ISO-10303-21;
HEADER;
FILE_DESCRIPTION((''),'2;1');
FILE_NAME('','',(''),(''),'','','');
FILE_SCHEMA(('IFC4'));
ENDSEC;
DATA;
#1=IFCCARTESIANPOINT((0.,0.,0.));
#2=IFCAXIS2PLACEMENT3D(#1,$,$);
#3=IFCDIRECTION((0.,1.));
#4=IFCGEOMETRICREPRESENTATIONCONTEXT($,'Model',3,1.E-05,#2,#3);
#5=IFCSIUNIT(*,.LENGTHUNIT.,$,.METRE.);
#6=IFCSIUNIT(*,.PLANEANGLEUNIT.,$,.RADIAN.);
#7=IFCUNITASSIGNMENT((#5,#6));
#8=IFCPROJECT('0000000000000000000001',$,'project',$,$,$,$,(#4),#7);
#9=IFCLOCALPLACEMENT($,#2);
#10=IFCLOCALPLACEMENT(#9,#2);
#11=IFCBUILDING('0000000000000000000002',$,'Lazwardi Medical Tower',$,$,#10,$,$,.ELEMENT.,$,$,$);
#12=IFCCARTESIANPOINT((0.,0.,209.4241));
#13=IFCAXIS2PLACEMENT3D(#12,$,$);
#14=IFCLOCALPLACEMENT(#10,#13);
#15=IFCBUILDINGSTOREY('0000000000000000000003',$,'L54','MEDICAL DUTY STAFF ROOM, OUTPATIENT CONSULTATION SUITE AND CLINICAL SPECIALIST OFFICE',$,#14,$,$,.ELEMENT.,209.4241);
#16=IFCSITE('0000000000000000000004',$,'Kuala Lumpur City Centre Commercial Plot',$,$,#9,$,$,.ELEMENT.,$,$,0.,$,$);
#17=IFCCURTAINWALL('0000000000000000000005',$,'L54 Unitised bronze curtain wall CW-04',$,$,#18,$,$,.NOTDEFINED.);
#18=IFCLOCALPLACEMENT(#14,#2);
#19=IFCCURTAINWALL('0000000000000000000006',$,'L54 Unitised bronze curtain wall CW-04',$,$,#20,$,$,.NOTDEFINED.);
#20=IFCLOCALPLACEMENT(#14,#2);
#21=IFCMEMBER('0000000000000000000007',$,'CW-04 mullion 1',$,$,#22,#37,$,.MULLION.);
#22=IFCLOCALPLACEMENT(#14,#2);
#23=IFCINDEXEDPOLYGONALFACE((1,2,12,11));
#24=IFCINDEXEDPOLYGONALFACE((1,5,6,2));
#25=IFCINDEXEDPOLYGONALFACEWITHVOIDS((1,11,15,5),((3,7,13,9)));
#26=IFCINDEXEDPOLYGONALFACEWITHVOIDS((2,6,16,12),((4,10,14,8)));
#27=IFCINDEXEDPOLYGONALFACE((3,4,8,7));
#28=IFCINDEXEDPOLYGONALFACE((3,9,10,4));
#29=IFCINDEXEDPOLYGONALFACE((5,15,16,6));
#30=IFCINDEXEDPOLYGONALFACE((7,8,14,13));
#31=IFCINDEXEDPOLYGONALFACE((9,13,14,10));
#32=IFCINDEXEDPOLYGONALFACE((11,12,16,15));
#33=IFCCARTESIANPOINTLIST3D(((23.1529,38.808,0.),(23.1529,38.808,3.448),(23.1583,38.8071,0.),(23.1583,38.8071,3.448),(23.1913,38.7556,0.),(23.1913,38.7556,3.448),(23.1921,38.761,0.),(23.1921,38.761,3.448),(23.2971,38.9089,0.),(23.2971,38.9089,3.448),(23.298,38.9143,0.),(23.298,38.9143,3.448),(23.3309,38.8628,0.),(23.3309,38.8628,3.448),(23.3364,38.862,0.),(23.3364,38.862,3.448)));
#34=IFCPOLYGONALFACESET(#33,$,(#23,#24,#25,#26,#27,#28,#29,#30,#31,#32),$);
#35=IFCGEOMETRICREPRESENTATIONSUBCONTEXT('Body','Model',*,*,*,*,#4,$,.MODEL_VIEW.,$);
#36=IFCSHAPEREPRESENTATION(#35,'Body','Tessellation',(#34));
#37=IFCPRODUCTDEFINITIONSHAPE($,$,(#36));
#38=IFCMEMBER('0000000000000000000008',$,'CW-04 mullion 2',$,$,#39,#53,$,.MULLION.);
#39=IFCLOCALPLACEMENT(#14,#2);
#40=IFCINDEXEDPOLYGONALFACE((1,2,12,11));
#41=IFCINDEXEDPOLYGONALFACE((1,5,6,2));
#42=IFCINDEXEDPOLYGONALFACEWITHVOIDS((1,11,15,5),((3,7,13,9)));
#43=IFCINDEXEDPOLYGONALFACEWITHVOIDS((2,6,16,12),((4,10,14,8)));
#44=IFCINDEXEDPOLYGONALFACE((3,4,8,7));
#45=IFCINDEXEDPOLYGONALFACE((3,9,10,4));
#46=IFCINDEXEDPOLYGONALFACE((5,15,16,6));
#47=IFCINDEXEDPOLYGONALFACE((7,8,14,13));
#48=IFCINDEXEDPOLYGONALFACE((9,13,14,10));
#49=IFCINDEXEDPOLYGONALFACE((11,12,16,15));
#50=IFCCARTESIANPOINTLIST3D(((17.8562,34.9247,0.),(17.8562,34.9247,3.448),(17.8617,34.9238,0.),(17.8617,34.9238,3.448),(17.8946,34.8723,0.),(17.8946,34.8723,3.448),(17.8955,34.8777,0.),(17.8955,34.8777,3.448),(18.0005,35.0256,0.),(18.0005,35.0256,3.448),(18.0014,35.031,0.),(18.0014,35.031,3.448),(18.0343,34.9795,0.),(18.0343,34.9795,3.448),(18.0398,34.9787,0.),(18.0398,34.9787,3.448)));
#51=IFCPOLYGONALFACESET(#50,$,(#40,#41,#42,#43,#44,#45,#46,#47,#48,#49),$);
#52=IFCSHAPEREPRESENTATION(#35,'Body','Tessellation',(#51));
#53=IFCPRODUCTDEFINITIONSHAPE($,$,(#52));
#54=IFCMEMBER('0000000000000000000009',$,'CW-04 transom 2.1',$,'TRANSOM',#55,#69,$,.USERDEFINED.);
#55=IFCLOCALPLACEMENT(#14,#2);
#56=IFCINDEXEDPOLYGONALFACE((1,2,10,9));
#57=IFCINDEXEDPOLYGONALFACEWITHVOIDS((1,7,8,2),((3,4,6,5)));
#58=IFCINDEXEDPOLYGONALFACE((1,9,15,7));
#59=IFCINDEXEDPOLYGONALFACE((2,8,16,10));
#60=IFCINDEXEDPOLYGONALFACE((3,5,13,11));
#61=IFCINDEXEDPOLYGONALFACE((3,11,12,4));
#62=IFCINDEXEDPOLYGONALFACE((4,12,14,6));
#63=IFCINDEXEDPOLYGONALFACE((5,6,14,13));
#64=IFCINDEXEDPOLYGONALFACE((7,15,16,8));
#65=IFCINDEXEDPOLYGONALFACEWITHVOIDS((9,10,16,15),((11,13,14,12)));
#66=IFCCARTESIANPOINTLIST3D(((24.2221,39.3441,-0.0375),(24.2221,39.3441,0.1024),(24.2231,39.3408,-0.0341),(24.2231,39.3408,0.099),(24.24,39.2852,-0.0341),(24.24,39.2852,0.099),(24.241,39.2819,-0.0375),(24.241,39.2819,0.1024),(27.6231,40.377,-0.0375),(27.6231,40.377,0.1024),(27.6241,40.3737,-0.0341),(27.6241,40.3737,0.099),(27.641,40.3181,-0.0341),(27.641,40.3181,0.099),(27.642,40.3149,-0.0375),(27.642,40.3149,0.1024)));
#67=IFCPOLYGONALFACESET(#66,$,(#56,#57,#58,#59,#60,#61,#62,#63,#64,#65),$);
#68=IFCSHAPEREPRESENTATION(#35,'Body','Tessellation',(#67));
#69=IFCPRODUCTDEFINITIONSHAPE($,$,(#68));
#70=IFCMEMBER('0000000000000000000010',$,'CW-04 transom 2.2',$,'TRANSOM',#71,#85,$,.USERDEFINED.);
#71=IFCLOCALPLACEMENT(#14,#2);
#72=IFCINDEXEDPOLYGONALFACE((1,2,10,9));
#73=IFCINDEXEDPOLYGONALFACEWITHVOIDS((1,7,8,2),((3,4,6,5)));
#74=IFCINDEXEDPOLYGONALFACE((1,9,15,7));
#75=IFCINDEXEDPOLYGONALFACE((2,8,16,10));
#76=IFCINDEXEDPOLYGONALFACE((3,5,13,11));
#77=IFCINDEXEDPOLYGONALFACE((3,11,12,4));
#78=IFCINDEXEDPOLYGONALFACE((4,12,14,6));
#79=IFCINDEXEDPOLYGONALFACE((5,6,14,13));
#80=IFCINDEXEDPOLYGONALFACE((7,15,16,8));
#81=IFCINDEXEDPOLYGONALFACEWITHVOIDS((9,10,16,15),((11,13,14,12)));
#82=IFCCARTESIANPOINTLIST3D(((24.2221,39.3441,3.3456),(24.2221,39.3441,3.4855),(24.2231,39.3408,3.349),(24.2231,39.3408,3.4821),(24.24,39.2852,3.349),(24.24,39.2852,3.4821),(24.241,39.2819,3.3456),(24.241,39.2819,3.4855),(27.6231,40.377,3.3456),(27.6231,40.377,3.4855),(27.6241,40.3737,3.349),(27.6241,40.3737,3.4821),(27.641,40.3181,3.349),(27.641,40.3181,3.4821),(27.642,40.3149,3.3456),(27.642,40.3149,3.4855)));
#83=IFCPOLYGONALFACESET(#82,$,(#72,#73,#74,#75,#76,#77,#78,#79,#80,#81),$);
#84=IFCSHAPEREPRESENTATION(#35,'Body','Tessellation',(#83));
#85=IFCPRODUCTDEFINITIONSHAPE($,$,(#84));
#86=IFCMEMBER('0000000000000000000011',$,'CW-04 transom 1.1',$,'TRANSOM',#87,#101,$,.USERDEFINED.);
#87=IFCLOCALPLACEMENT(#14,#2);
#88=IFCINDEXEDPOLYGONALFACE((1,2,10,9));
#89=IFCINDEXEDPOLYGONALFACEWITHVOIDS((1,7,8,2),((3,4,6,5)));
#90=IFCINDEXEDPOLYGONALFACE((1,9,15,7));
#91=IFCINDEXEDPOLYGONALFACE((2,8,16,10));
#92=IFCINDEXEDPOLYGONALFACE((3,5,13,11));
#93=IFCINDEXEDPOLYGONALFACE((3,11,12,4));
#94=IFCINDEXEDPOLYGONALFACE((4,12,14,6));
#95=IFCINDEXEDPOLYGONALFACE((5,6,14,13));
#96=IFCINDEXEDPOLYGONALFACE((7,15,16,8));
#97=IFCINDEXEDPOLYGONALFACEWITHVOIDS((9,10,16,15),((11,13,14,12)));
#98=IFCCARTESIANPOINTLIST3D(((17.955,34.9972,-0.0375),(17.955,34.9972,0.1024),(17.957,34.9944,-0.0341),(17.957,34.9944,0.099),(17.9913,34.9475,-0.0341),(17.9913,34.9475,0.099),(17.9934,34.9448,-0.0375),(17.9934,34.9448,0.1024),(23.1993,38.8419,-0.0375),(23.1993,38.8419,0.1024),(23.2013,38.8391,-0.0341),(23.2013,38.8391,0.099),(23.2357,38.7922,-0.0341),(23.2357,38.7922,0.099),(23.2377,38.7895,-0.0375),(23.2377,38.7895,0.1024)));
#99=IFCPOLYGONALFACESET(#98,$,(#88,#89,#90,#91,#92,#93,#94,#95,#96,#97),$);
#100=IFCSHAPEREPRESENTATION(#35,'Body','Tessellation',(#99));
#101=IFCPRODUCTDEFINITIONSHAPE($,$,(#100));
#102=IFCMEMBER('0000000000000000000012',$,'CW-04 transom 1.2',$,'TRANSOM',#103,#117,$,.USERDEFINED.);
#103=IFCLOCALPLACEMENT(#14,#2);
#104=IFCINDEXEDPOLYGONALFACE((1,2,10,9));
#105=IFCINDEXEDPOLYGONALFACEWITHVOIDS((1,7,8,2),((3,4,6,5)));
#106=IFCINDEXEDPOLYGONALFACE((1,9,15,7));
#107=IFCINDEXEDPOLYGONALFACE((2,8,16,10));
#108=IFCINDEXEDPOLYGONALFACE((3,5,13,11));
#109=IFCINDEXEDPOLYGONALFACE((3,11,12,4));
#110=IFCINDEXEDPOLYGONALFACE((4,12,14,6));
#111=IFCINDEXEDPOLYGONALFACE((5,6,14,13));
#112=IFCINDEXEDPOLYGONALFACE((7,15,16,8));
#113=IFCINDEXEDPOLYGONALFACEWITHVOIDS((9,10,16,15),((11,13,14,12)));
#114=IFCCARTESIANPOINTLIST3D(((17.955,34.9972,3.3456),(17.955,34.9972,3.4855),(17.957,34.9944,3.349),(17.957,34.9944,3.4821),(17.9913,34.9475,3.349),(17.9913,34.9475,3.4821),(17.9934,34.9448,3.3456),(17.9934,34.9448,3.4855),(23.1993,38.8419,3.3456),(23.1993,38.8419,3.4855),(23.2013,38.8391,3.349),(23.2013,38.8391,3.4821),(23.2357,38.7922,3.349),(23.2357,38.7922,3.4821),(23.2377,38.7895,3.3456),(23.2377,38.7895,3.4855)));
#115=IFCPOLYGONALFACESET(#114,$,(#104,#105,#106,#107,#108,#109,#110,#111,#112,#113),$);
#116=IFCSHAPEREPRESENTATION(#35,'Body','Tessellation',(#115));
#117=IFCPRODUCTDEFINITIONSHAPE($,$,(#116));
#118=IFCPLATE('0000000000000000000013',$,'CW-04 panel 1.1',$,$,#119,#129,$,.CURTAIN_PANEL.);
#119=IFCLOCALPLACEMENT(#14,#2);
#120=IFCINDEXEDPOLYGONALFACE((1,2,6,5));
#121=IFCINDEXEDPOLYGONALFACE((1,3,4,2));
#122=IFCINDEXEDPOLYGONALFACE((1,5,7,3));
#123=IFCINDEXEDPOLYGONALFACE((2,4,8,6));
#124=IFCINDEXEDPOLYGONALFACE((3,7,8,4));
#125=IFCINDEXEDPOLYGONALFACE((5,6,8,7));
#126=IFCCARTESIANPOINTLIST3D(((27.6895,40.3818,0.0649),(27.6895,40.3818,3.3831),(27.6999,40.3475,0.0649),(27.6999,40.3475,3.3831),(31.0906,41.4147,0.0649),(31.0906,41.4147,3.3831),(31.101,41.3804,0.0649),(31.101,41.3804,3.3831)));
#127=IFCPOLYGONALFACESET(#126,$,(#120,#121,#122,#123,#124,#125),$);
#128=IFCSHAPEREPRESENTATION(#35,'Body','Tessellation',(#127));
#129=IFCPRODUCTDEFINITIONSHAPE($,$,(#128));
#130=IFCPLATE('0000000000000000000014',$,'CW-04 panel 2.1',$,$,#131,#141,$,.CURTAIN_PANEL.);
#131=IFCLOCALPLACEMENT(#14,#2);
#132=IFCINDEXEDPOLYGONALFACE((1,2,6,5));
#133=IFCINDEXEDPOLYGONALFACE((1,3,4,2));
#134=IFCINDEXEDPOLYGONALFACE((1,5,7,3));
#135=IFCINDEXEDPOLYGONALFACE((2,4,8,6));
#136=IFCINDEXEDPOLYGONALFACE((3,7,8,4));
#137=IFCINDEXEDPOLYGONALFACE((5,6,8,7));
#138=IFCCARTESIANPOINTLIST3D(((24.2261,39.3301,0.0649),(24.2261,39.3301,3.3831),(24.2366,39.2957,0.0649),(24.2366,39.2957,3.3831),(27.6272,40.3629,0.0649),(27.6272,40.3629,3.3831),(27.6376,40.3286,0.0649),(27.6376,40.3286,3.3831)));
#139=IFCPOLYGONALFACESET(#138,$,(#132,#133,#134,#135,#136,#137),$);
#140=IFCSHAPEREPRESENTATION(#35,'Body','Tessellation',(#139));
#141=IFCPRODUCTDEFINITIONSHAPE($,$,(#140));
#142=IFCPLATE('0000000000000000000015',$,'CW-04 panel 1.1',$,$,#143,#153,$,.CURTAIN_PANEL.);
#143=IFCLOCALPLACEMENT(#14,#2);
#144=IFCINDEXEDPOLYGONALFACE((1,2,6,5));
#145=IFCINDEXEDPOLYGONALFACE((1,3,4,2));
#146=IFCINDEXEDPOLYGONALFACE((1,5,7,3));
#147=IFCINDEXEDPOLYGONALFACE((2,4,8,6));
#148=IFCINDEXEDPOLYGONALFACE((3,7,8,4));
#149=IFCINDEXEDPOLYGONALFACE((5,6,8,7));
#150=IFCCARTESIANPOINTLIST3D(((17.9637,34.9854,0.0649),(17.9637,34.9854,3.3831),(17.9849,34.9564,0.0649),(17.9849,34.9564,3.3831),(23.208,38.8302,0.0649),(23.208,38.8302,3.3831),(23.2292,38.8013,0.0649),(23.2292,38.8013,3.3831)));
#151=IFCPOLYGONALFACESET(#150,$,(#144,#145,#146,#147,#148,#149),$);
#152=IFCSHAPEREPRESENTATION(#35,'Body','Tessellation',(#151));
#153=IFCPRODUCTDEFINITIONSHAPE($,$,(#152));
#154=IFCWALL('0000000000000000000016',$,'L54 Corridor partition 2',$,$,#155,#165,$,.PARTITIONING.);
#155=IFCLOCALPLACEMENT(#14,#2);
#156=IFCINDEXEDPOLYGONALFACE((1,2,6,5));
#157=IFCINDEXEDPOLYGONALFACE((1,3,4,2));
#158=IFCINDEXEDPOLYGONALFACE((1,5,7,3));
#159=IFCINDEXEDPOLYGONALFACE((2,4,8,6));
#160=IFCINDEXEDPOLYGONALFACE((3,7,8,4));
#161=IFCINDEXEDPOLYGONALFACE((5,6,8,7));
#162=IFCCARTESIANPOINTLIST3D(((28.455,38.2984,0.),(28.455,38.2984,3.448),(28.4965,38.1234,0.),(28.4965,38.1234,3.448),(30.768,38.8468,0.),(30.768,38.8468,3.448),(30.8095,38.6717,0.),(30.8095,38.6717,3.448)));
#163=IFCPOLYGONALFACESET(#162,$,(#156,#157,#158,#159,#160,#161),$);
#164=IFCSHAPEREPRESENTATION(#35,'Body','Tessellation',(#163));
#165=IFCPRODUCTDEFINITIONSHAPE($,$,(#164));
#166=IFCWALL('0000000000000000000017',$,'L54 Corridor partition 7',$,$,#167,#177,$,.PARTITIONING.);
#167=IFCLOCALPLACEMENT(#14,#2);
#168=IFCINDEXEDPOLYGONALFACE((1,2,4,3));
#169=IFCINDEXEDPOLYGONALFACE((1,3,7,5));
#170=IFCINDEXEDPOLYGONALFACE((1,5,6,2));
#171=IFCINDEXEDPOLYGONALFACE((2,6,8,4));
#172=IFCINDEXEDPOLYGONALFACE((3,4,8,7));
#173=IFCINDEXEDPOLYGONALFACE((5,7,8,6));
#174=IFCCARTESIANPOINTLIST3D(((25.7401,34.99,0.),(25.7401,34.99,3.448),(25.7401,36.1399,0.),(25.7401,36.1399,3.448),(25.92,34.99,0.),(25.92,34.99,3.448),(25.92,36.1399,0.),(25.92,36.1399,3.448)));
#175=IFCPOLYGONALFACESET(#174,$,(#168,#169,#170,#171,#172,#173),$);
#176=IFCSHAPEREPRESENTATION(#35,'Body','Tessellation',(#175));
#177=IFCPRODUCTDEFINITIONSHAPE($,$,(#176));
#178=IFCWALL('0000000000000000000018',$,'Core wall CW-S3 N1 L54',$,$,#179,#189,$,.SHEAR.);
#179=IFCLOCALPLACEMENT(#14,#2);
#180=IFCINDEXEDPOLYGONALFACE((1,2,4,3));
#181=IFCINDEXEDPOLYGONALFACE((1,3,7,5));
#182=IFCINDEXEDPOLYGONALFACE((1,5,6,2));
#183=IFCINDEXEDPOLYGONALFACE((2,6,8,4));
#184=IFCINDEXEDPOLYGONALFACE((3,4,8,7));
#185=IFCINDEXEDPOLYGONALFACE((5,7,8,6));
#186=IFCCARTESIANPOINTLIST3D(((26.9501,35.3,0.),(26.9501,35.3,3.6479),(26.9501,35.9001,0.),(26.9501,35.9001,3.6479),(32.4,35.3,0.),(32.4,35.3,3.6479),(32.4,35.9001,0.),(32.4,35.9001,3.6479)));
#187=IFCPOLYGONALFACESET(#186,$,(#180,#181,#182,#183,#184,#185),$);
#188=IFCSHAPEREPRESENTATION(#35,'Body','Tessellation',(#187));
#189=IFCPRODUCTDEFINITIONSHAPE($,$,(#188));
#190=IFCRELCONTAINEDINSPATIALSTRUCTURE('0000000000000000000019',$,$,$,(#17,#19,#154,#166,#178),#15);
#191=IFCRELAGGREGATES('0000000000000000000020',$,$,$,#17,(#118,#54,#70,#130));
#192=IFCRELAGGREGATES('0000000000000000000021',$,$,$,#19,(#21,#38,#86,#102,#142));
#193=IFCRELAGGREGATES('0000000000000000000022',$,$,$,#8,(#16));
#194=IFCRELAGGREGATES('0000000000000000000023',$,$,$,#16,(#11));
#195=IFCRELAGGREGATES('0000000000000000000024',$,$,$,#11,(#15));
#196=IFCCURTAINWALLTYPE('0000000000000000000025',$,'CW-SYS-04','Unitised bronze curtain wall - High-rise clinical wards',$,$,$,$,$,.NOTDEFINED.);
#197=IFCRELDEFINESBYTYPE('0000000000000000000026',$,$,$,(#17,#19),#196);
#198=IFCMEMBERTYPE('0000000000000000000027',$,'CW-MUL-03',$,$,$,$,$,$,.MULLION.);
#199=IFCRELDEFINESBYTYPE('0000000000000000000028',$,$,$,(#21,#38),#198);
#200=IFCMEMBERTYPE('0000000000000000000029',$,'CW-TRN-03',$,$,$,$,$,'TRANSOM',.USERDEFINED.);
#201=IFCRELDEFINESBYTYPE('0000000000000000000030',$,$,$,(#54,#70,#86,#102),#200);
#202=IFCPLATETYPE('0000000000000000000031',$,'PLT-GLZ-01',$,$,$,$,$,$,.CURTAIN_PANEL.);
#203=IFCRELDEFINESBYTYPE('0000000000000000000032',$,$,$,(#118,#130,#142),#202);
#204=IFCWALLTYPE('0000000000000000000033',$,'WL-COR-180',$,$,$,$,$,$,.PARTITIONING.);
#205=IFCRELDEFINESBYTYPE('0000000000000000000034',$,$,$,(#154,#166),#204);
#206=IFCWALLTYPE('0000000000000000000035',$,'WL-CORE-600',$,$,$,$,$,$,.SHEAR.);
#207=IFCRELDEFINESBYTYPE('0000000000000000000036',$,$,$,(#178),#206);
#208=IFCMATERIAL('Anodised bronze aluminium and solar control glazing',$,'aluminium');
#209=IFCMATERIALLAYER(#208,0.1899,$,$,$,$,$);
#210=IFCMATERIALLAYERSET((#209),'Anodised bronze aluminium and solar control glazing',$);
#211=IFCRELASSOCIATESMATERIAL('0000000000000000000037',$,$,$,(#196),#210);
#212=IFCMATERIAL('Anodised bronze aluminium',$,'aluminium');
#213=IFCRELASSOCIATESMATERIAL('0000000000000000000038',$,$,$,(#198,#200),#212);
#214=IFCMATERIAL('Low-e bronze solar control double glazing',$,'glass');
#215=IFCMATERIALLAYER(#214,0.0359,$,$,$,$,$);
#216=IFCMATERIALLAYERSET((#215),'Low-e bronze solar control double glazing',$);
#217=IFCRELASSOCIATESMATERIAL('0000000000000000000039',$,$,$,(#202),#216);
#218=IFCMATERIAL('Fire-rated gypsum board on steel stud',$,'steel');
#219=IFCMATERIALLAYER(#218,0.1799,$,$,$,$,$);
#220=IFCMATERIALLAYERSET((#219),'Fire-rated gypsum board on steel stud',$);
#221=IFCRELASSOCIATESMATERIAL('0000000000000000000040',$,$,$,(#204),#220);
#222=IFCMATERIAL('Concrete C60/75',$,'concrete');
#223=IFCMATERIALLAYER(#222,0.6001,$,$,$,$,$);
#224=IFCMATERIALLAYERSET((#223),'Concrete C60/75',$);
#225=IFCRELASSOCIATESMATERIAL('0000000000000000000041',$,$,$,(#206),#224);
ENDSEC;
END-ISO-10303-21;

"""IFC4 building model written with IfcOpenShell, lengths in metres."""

from ifc_helpers import new_model, si_unit, direction, frame, frame_2d, origin, origin_2d, place, context, subcontext, project, spatial, rectangle, hollow_rectangle, extrude, material, layer, layer_set, material_profile, profile_set, type_object, element, aggregate, save


model = new_model("IFC4")

# Units and contexts
model_context = context("Model", 3, precision=1e-05, world=origin(), true_north=direction((0.0, 1.0)))
body_context = subcontext(model_context, "Body", "Model", "MODEL_VIEW")
ifc_project = project(units=[si_unit("LENGTHUNIT", "METRE"), si_unit("PLANEANGLEUNIT", "RADIAN")], contexts=[model_context])

# Site, building, storey
site_placement = place(None, origin())
site = spatial("IfcSite", under=ifc_project, at=site_placement, Name="Kuala Lumpur City Centre Commercial Plot", CompositionType="ELEMENT", RefElevation=0.0)
building_placement = place(site_placement, origin())
building = spatial("IfcBuilding", under=site, at=building_placement, Name="Lazwardi Medical Tower", CompositionType="ELEMENT")
storey_placement = place(building_placement, frame((0.0, 0.0, 209.4241)))
storey = spatial("IfcBuildingStorey", under=building, at=storey_placement, Name="L54", Description="MEDICAL DUTY STAFF ROOM, OUTPATIENT CONSULTATION SUITE AND CLINICAL SPECIALIST OFFICE", CompositionType="ELEMENT", Elevation=209.4241)

# Shared definitions
ifc_material_1 = material(Name="Concrete C60/75", Category="concrete")

# Curtain walls, members
ifc_material_2 = material(Name="Anodised bronze aluminium and solar control glazing", Category="aluminium")
ifc_layer_1 = layer(ifc_material_2, 0.1899)
ifc_layer_set_1 = layer_set([ifc_layer_1], Name="Anodised bronze aluminium and solar control glazing")
curtain_wall_type = type_object("IfcCurtainWallType", Name="CW-SYS-04", Description="Unitised bronze curtain wall - High-rise clinical wards", PredefinedType="NOTDEFINED", material=ifc_layer_set_1)
curtain_wall_1_placement = place(storey_placement, origin())
curtain_wall_1 = element("IfcCurtainWall", 1, at=curtain_wall_1_placement, inside=storey, type_object=curtain_wall_type, Name="L54 Unitised bronze curtain wall CW-04", PredefinedType="NOTDEFINED")
ifc_material_3 = material(Name="Anodised bronze aluminium", Category="aluminium")
ifc_material_profile_1 = material_profile(ifc_material_3, hollow_rectangle(XDim=0.0649, YDim=0.1799, WallThickness=0.0039, at=origin_2d()), Name="ALU-MULLION 180x65x4")
ifc_profile_set_1 = profile_set([ifc_material_profile_1], Name="Anodised bronze aluminium")
member_type_1 = type_object("IfcMemberType", Name="CW-MUL-03", PredefinedType="MULLION", material=ifc_profile_set_1)
curtain_wall_2_placement = place(storey_placement, origin())
curtain_wall_2 = element("IfcCurtainWall", 2, at=curtain_wall_2_placement, inside=storey, type_object=curtain_wall_type, Name="L54 Unitised bronze curtain wall CW-04", PredefinedType="NOTDEFINED")
member_1_placement = place(storey_placement, frame((23.2446, 38.835, 0.0), z_axis=(0.0, 0.0, 1.0), x_axis=(0.591268, -0.806475, 0.0)))
member_1 = element("IfcMember", 3, at=member_1_placement, type_object=member_type_1, Name="CW-04 mullion 1", PredefinedType="MULLION", context=body_context, shape_type="SweptSolid", body=[
    extrude(hollow_rectangle(XDim=0.0649, YDim=0.1799, WallThickness=0.0039, at=origin_2d()), origin(), (0.0, 0.0, 1.0), 3.448),
])
member_2_placement = place(storey_placement, frame((17.948, 34.9517, 0.0), z_axis=(0.0, 0.0, 1.0), x_axis=(0.591268, -0.806475, 0.0)))
member_2 = element("IfcMember", 4, at=member_2_placement, type_object=member_type_1, Name="CW-04 mullion 2", PredefinedType="MULLION", context=body_context, shape_type="SweptSolid", body=[
    extrude(hollow_rectangle(XDim=0.0649, YDim=0.1799, WallThickness=0.0039, at=origin_2d()), origin(), (0.0, 0.0, 1.0), 3.448),
])

# Members
ifc_material_profile_2 = material_profile(ifc_material_3, hollow_rectangle(XDim=0.0649, YDim=0.1399, WallThickness=0.0034, at=origin_2d()), Name="ALU-TRANSOM 140x65x3.5")
ifc_profile_set_2 = profile_set([ifc_material_profile_2], Name="Anodised bronze aluminium")
member_type_2 = type_object("IfcMemberType", Name="CW-TRN-03", ElementType="TRANSOM", PredefinedType="USERDEFINED", material=ifc_profile_set_2)
member_3_placement = place(storey_placement, frame((27.6326, 40.3459, 0.0325), z_axis=(-0.956843, -0.290604, 0.0), x_axis=(0.290604, -0.956843, 0.0)))
member_3 = element("IfcMember", 5, at=member_3_placement, type_object=member_type_2, Name="CW-04 transom 2.1", ObjectType="TRANSOM", PredefinedType="USERDEFINED", context=body_context, shape_type="SweptSolid", body=[
    extrude(hollow_rectangle(XDim=0.0649, YDim=0.1399, WallThickness=0.0034, at=origin_2d()), origin(), (0.0, 0.0, 1.0), 3.5544),
])
member_4_placement = place(storey_placement, frame((27.6326, 40.3459, 3.4155), z_axis=(-0.956843, -0.290604, 0.0), x_axis=(0.290604, -0.956843, 0.0)))
member_4 = element("IfcMember", 6, at=member_4_placement, type_object=member_type_2, Name="CW-04 transom 2.2", ObjectType="TRANSOM", PredefinedType="USERDEFINED", context=body_context, shape_type="SweptSolid", body=[
    extrude(hollow_rectangle(XDim=0.0649, YDim=0.1399, WallThickness=0.0034, at=origin_2d()), origin(), (0.0, 0.0, 1.0), 3.5544),
])
member_5_placement = place(storey_placement, frame((23.2185, 38.8157, 0.0325), z_axis=(-0.80649, -0.591248, 0.0), x_axis=(0.591248, -0.80649, 0.0)))
member_5 = element("IfcMember", 7, at=member_5_placement, type_object=member_type_2, Name="CW-04 transom 1.1", ObjectType="TRANSOM", PredefinedType="USERDEFINED", context=body_context, shape_type="SweptSolid", body=[
    extrude(hollow_rectangle(XDim=0.0649, YDim=0.1399, WallThickness=0.0034, at=origin_2d()), origin(), (0.0, 0.0, 1.0), 6.5027),
])
member_6_placement = place(storey_placement, frame((23.2185, 38.8157, 3.4155), z_axis=(-0.80649, -0.591248, 0.0), x_axis=(0.591248, -0.80649, 0.0)))
member_6 = element("IfcMember", 8, at=member_6_placement, type_object=member_type_2, Name="CW-04 transom 1.2", ObjectType="TRANSOM", PredefinedType="USERDEFINED", context=body_context, shape_type="SweptSolid", body=[
    extrude(hollow_rectangle(XDim=0.0649, YDim=0.1399, WallThickness=0.0034, at=origin_2d()), origin(), (0.0, 0.0, 1.0), 6.5027),
])

# Plates
ifc_material_4 = material(Name="Low-e bronze solar control double glazing", Category="glass")
ifc_layer_2 = layer(ifc_material_4, 0.0359)
ifc_layer_set_2 = layer_set([ifc_layer_2], Name="Low-e bronze solar control double glazing")
plate_type = type_object("IfcPlateType", Name="PLT-GLZ-01", PredefinedType="CURTAIN_PANEL", material=ifc_layer_set_2)
plate_1_placement = place(storey_placement, frame((29.3953, 40.8811, 0.0649), z_axis=(0.0, 0.0, 1.0), x_axis=(-0.95685, -0.290582, 0.0)))
plate_1 = element("IfcPlate", 9, at=plate_1_placement, type_object=plate_type, Name="CW-04 panel 1.1", PredefinedType="CURTAIN_PANEL", context=body_context, shape_type="SweptSolid", body=[
    extrude(rectangle(XDim=3.5544, YDim=0.0359, at=origin_2d()), origin(), (0.0, 0.0, 1.0), 3.3181),
])
plate_2_placement = place(storey_placement, frame((25.9319, 39.8293, 0.0649), z_axis=(0.0, 0.0, 1.0), x_axis=(-0.95685, -0.290582, 0.0)))
plate_2 = element("IfcPlate", 10, at=plate_2_placement, type_object=plate_type, Name="CW-04 panel 2.1", PredefinedType="CURTAIN_PANEL", context=body_context, shape_type="SweptSolid", body=[
    extrude(rectangle(XDim=3.5544, YDim=0.0359, at=origin_2d()), origin(), (0.0, 0.0, 1.0), 3.3181),
])
aggregate(curtain_wall_1, [plate_1, member_3, member_4, plate_2])
plate_3_placement = place(storey_placement, frame((20.5964, 36.8933, 0.0649), z_axis=(0.0, 0.0, 1.0), x_axis=(-0.806475, -0.591268, 0.0)))
plate_3 = element("IfcPlate", 11, at=plate_3_placement, type_object=plate_type, Name="CW-04 panel 1.1", PredefinedType="CURTAIN_PANEL", context=body_context, shape_type="SweptSolid", body=[
    extrude(rectangle(XDim=6.5027, YDim=0.0359, at=origin_2d()), origin(), (0.0, 0.0, 1.0), 3.3181),
])
aggregate(curtain_wall_2, [member_1, member_2, member_5, member_6, plate_3])

# Shared definitions
ifc_material_5 = material(Name="Fire-rated gypsum board on steel stud", Category="steel")
ifc_layer_3 = layer(ifc_material_5, 0.1799)
ifc_layer_set_3 = layer_set([ifc_layer_3], Name="Fire-rated gypsum board on steel stud")
wall_type_1 = type_object("IfcWallType", Name="WL-COR-180", PredefinedType="PARTITIONING", material=ifc_layer_set_3)

# Walls
wall_1_placement = place(storey_placement, frame((28.4758, 38.2109, 0.0), z_axis=(0.0, 0.0, 1.0), x_axis=(0.973031, 0.230676, 0.0)))
element("IfcWall", 12, at=wall_1_placement, inside=storey, type_object=wall_type_1, Name="L54 Corridor partition 2", PredefinedType="PARTITIONING", context=body_context, shape_type="SweptSolid", body=[
    extrude(rectangle(XDim=2.3772, YDim=0.1799, at=frame_2d((1.1885, 0.0))), origin(), (0.0, 0.0, 1.0), 3.448),
])
wall_2_placement = place(storey_placement, frame((25.8301, 36.1399, 0.0), z_axis=(0.0, 0.0, 1.0), x_axis=(0.0, -1.0, 0.0)))
element("IfcWall", 13, at=wall_2_placement, inside=storey, type_object=wall_type_1, Name="L54 Corridor partition 7", PredefinedType="PARTITIONING", context=body_context, shape_type="SweptSolid", body=[
    extrude(rectangle(XDim=1.1499, YDim=0.1799, at=frame_2d((0.575, 0.0))), origin(), (0.0, 0.0, 1.0), 3.448),
])
ifc_layer_4 = layer(ifc_material_1, 0.6001)
ifc_layer_set_4 = layer_set([ifc_layer_4], Name="Concrete C60/75")
wall_type_2 = type_object("IfcWallType", Name="WL-CORE-600", PredefinedType="SHEAR", material=ifc_layer_set_4)
wall_3_placement = place(storey_placement, frame((26.95, 35.6001, 0.0), z_axis=(0.0, 0.0, 1.0), x_axis=(1.0, 0.0, 0.0)))
element("IfcWall", 14, at=wall_3_placement, inside=storey, type_object=wall_type_2, Name="Core wall CW-S3 N1 L54", PredefinedType="SHEAR", context=body_context, shape_type="SweptSolid", body=[
    extrude(rectangle(XDim=5.45, YDim=0.6001, at=frame_2d((2.7251, 0.0))), origin(), (0.0, 0.0, 1.0), 3.6479),
])

save(model, "model.ifc")
